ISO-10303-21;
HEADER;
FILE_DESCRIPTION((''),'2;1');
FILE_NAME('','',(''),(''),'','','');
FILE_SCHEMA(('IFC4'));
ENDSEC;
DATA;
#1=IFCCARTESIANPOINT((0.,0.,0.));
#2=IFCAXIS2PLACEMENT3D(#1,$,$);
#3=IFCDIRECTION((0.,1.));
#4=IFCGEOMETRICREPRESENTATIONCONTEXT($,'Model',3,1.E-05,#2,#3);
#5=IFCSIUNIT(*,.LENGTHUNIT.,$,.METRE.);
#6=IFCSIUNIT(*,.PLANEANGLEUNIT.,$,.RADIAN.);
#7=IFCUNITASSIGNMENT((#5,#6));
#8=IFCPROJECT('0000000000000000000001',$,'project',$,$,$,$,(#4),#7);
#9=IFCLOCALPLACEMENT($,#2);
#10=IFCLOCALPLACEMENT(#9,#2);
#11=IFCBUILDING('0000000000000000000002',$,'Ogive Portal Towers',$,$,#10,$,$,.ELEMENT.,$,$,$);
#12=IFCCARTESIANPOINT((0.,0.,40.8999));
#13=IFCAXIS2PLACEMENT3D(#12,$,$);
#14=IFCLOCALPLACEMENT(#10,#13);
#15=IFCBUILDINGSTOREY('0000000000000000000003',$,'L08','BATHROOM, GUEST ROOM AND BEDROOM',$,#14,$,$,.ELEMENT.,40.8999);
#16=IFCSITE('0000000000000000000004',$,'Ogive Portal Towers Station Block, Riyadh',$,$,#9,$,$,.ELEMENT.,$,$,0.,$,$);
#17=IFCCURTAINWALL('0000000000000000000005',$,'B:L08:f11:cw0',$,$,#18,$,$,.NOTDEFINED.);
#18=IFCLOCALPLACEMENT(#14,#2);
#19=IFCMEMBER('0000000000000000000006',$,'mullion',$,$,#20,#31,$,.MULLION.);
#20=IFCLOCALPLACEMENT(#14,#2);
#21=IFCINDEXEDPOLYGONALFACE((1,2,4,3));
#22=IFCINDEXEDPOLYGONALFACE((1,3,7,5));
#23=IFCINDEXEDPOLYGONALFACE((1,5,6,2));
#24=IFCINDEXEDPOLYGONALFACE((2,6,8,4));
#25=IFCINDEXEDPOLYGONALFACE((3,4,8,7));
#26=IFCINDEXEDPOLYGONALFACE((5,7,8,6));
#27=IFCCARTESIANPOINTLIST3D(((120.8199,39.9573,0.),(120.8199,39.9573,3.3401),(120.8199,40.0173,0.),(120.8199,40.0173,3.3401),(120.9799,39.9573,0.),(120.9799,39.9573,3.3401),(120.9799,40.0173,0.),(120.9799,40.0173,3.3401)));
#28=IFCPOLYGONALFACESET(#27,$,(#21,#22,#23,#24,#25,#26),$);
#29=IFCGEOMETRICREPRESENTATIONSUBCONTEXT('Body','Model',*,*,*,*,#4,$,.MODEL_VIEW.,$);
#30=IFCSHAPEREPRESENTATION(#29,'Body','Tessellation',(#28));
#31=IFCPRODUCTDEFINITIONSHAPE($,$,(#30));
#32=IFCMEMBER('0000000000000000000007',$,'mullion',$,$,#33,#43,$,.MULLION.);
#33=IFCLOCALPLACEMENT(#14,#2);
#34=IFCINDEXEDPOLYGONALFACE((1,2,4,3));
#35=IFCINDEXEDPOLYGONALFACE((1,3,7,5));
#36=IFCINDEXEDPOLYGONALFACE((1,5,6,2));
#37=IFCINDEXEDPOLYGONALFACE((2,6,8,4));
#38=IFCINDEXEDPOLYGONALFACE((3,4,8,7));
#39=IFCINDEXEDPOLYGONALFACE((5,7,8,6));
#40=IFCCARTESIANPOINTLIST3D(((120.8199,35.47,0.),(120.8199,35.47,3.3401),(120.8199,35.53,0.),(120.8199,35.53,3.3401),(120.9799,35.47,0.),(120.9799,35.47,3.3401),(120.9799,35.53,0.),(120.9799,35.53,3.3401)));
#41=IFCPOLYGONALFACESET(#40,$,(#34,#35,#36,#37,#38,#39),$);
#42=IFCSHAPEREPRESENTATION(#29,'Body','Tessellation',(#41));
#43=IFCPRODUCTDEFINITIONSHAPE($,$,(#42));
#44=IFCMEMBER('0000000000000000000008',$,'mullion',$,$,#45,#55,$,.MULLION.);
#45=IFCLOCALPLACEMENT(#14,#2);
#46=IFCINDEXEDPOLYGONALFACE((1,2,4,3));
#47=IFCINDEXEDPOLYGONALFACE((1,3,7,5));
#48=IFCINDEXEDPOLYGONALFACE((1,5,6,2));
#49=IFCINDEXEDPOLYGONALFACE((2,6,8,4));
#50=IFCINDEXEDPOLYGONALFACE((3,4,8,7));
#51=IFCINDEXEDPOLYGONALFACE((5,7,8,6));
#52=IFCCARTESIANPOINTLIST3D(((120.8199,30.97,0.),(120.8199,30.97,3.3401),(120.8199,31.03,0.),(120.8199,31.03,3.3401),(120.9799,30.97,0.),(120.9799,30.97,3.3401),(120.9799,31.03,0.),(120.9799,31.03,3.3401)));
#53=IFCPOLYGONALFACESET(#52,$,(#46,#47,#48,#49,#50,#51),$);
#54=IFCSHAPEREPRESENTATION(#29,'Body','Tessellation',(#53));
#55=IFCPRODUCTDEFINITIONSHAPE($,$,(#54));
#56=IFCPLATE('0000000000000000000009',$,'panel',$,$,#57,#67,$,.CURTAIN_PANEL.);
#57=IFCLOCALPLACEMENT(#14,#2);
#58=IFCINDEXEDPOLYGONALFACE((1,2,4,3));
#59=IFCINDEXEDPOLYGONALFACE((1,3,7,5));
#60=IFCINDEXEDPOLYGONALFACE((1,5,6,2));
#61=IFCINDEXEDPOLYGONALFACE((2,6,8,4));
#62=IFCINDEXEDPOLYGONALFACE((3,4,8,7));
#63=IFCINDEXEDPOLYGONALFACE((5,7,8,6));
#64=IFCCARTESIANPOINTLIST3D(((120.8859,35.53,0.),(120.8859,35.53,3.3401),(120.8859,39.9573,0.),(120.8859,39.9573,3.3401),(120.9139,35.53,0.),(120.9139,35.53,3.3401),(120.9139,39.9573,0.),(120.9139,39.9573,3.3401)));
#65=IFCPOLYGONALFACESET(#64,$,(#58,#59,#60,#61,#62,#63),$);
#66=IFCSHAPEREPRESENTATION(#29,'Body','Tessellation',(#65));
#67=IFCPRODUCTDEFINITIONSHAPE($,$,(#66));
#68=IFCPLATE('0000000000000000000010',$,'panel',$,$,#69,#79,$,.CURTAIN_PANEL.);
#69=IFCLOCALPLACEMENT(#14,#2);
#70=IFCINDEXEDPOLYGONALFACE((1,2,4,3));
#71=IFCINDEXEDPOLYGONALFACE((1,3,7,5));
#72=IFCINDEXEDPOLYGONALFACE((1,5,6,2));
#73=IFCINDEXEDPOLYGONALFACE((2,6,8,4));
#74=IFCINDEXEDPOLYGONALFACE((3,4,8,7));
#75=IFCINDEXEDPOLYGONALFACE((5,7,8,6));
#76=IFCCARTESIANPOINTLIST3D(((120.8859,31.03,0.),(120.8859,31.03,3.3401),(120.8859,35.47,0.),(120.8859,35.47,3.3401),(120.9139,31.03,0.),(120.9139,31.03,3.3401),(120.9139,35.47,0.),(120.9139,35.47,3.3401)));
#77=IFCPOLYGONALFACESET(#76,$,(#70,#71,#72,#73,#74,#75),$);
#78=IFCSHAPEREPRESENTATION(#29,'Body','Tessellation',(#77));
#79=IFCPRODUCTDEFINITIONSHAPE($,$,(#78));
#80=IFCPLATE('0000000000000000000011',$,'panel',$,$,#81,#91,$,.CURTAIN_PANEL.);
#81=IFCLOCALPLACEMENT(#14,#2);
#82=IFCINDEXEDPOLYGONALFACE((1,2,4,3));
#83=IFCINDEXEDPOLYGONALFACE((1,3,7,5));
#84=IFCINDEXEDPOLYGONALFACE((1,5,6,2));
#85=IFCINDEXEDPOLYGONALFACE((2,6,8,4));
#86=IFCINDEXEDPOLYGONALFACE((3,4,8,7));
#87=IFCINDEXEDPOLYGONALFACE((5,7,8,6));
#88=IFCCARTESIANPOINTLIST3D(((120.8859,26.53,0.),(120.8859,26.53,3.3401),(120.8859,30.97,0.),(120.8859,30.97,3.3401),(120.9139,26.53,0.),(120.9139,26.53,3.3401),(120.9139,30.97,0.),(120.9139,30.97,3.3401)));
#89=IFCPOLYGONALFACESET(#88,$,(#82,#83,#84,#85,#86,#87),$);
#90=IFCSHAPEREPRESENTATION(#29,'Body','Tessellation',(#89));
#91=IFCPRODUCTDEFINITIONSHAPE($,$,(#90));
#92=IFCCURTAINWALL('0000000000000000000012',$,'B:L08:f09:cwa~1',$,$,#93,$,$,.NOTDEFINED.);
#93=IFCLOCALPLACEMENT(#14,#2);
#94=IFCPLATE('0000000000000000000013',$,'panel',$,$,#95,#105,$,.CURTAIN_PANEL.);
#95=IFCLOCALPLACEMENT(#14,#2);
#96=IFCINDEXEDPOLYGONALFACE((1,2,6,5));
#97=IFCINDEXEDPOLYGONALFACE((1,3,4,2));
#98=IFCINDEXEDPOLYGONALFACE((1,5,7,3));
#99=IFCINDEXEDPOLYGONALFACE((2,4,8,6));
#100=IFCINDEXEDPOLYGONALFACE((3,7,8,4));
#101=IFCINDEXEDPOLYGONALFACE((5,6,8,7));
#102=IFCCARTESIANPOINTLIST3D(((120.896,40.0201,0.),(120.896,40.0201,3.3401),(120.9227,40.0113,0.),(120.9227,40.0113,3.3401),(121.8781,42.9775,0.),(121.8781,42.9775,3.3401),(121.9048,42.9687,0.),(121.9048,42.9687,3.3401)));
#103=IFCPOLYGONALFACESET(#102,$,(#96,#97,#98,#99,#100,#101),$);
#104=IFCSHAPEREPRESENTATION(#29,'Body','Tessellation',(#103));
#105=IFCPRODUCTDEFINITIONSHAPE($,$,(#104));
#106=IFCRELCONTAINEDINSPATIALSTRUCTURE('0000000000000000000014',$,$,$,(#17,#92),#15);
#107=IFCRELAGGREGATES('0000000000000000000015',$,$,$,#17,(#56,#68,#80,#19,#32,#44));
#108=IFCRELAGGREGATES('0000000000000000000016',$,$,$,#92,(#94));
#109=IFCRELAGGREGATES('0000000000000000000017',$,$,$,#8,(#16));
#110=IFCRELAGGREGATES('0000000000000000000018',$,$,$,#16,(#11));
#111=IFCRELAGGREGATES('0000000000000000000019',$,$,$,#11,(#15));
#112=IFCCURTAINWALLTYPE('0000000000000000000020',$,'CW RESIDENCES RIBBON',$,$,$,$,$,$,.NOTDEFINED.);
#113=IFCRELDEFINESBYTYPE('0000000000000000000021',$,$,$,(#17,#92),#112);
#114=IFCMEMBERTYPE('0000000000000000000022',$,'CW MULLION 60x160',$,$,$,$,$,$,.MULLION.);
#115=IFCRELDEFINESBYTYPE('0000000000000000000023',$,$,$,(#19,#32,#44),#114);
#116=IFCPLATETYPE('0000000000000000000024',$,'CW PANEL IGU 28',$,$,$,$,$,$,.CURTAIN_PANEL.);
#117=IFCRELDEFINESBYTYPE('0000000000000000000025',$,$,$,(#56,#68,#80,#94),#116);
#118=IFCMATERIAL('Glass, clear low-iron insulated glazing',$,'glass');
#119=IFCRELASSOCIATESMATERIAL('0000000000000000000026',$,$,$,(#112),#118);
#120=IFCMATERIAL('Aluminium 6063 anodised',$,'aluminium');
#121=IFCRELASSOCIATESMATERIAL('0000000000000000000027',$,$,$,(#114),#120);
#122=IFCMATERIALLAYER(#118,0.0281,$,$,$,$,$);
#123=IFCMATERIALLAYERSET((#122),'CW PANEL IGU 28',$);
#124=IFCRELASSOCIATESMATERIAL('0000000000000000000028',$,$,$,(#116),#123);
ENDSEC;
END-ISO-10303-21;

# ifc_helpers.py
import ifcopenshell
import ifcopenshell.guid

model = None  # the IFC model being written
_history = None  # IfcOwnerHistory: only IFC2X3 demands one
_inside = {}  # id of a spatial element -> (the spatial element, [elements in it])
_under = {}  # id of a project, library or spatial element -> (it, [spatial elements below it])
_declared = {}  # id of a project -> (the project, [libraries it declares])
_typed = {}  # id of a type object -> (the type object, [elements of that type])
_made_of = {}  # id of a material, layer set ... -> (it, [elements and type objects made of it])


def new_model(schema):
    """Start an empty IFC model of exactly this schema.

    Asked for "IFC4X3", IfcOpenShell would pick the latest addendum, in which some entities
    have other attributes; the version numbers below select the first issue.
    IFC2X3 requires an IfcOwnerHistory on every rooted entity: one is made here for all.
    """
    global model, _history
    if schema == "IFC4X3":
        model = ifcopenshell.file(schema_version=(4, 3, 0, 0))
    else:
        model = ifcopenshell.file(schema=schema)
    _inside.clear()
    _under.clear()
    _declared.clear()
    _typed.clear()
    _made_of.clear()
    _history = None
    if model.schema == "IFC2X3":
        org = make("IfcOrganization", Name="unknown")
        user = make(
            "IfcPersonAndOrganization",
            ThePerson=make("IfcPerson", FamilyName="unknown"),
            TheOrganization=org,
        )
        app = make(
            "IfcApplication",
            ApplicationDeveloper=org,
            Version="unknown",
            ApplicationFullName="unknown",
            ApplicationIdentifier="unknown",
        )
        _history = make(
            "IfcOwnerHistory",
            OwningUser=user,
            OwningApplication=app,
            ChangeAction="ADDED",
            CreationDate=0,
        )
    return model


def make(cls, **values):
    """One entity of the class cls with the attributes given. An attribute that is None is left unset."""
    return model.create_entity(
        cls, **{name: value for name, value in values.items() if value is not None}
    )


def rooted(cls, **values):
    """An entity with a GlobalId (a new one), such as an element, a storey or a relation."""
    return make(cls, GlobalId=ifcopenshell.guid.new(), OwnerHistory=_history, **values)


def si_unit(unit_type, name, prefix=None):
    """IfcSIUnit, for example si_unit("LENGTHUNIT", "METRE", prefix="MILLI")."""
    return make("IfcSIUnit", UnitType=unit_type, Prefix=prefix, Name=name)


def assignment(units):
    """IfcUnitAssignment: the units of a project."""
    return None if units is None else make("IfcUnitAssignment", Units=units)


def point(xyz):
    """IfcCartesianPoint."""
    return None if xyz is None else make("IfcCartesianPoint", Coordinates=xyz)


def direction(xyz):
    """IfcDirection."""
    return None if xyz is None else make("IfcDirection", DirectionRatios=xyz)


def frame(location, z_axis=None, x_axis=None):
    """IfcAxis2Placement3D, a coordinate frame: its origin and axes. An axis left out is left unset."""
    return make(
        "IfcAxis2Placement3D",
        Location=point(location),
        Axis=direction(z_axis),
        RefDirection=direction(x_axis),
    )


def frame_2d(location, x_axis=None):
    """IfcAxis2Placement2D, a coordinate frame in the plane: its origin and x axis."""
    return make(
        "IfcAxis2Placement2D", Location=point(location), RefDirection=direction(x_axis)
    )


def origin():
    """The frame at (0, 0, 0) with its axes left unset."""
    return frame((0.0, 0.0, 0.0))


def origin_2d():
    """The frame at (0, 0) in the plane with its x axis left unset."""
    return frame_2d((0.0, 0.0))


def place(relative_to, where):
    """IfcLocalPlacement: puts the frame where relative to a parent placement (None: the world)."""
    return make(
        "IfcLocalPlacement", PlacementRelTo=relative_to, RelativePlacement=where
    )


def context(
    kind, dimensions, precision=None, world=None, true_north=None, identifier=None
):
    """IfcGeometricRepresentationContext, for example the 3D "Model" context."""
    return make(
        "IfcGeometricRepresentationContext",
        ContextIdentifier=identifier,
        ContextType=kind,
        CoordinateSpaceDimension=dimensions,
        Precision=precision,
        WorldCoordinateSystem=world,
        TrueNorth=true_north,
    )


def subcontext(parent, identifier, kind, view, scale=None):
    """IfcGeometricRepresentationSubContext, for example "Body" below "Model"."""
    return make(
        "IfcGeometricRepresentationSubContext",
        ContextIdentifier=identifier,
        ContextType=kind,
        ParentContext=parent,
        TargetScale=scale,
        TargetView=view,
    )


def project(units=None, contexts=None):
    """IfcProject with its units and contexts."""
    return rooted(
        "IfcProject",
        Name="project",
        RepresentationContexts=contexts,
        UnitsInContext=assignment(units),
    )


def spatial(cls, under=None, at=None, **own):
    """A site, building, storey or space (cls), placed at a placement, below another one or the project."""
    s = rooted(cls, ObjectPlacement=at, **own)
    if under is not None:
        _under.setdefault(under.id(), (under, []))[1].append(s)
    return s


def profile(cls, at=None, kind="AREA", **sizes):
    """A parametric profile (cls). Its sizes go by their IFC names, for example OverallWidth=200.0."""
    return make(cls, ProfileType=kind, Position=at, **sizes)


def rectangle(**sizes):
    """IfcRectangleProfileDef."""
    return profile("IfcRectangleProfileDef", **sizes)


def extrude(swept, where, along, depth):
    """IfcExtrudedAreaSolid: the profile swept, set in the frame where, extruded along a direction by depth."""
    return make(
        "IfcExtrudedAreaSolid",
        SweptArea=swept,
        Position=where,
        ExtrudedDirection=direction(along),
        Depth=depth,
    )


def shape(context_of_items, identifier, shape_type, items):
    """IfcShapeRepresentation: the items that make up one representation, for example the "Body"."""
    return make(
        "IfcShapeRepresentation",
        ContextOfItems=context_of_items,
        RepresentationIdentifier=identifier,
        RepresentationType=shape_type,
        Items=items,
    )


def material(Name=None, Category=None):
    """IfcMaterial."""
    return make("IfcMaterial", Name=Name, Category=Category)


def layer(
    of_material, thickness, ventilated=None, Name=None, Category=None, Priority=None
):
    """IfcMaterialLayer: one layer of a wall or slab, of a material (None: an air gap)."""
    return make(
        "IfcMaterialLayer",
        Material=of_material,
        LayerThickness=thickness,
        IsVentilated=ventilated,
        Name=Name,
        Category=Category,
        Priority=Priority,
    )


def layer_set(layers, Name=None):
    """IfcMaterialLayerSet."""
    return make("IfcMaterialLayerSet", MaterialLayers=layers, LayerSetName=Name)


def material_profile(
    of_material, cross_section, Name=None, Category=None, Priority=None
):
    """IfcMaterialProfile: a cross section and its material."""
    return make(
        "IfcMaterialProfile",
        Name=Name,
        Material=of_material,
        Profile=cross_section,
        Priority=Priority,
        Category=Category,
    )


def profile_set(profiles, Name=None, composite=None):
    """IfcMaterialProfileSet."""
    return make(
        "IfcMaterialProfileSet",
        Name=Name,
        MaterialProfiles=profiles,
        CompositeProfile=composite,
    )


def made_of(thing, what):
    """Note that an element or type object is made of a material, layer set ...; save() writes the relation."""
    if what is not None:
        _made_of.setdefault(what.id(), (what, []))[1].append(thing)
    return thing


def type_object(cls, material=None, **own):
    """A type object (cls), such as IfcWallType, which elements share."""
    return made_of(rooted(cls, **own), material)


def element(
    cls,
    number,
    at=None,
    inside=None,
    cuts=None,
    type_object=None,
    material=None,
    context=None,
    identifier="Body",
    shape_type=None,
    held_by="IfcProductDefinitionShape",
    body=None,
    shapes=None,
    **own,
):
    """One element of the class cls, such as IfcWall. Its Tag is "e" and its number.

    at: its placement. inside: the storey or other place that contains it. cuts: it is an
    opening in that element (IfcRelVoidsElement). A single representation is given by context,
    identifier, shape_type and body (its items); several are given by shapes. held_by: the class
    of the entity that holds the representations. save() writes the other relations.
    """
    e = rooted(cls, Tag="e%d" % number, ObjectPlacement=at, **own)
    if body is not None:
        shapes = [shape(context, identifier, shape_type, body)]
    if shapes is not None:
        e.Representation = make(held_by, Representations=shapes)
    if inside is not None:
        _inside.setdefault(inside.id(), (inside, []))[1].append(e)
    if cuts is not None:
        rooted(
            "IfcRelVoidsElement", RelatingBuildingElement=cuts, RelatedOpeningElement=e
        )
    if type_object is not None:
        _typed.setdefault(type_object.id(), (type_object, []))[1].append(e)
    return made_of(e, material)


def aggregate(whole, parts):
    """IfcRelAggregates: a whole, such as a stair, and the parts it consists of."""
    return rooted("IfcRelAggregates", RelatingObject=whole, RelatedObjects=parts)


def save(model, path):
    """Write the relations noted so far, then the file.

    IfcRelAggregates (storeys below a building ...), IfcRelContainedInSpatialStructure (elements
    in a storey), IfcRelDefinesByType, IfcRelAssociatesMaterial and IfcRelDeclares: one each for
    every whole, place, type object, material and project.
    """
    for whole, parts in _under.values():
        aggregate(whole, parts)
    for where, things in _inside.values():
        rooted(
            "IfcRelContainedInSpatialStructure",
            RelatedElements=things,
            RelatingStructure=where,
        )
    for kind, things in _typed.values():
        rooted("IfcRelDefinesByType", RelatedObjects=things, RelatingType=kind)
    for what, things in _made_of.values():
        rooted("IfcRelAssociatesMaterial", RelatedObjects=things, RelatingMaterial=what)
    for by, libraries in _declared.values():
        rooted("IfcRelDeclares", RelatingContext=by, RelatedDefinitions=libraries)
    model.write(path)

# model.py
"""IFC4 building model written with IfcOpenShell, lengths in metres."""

from ifc_helpers import new_model, si_unit, direction, frame, origin, origin_2d, place, context, subcontext, project, spatial, rectangle, extrude, material, layer, layer_set, material_profile, profile_set, type_object, element, aggregate, save


model = new_model("IFC4")

# Units and contexts
model_context = context("Model", 3, precision=1e-05, world=origin(), true_north=direction((0.0, 1.0)))
body_context = subcontext(model_context, "Body", "Model", "MODEL_VIEW")
ifc_project = project(units=[si_unit("LENGTHUNIT", "METRE"), si_unit("PLANEANGLEUNIT", "RADIAN")], contexts=[model_context])

# Site, building, storey
site_placement = place(None, origin())
site = spatial("IfcSite", under=ifc_project, at=site_placement, Name="Ogive Portal Towers Station Block, Riyadh", CompositionType="ELEMENT", RefElevation=0.0)
building_placement = place(site_placement, origin())
building = spatial("IfcBuilding", under=site, at=building_placement, Name="Ogive Portal Towers", CompositionType="ELEMENT")
storey_placement = place(building_placement, frame((0.0, 0.0, 40.8999)))
storey = spatial("IfcBuildingStorey", under=building, at=storey_placement, Name="L08", Description="BATHROOM, GUEST ROOM AND BEDROOM", CompositionType="ELEMENT", Elevation=40.8999)

# Curtain wall, members, plates
ifc_material_1 = material(Name="Glass, clear low-iron insulated glazing", Category="glass")
curtain_wall_type = type_object("IfcCurtainWallType", Name="CW RESIDENCES RIBBON", PredefinedType="NOTDEFINED", material=ifc_material_1)
curtain_wall_1_placement = place(storey_placement, origin())
curtain_wall_1 = element("IfcCurtainWall", 1, at=curtain_wall_1_placement, inside=storey, type_object=curtain_wall_type, Name="B:L08:f11:cw0", PredefinedType="NOTDEFINED")
ifc_material_2 = material(Name="Aluminium 6063 anodised", Category="aluminium")
ifc_material_profile = material_profile(ifc_material_2, rectangle(XDim=0.1599, YDim=0.0601, at=origin_2d()), Name="AL 60x160")
ifc_profile_set = profile_set([ifc_material_profile], Name="Aluminium 6063 anodised")
member_type = type_object("IfcMemberType", Name="CW MULLION 60x160", PredefinedType="MULLION", material=ifc_profile_set)
member_1_placement = place(storey_placement, frame((120.8999, 39.9873, 0.0), z_axis=(0.0, 0.0, 1.0), x_axis=(1.0, 0.0, 0.0)))
member_1 = element("IfcMember", 2, at=member_1_placement, type_object=member_type, Name="mullion", PredefinedType="MULLION", context=body_context, shape_type="SweptSolid", body=[
    extrude(rectangle(XDim=0.1599, YDim=0.0601, at=origin_2d()), origin(), (0.0, 0.0, 1.0), 3.3401),
])
member_2_placement = place(storey_placement, frame((120.8999, 35.5, 0.0), z_axis=(0.0, 0.0, 1.0), x_axis=(1.0, 0.0, 0.0)))
member_2 = element("IfcMember", 3, at=member_2_placement, type_object=member_type, Name="mullion", PredefinedType="MULLION", context=body_context, shape_type="SweptSolid", body=[
    extrude(rectangle(XDim=0.1599, YDim=0.0601, at=origin_2d()), origin(), (0.0, 0.0, 1.0), 3.3401),
])
member_3_placement = place(storey_placement, frame((120.8999, 31.0, 0.0), z_axis=(0.0, 0.0, 1.0), x_axis=(1.0, 0.0, 0.0)))
member_3 = element("IfcMember", 4, at=member_3_placement, type_object=member_type, Name="mullion", PredefinedType="MULLION", context=body_context, shape_type="SweptSolid", body=[
    extrude(rectangle(XDim=0.1599, YDim=0.0601, at=origin_2d()), origin(), (0.0, 0.0, 1.0), 3.3401),
])
ifc_layer_1 = layer(ifc_material_1, 0.0281)
ifc_layer_set_1 = layer_set([ifc_layer_1], Name="CW PANEL IGU 28")
plate_type = type_object("IfcPlateType", Name="CW PANEL IGU 28", PredefinedType="CURTAIN_PANEL", material=ifc_layer_set_1)
plate_1_placement = place(storey_placement, frame((120.8999, 37.7437, 0.0), z_axis=(0.0, 0.0, 1.0), x_axis=(0.0, -1.0, 0.0)))
plate_1 = element("IfcPlate", 5, at=plate_1_placement, type_object=plate_type, Name="panel", PredefinedType="CURTAIN_PANEL", context=body_context, shape_type="SweptSolid", body=[
    extrude(rectangle(XDim=4.4272, YDim=0.0281, at=origin_2d()), origin(), (0.0, 0.0, 1.0), 3.3401),
])
plate_2_placement = place(storey_placement, frame((120.8999, 33.25, 0.0), z_axis=(0.0, 0.0, 1.0), x_axis=(0.0, -1.0, 0.0)))
plate_2 = element("IfcPlate", 6, at=plate_2_placement, type_object=plate_type, Name="panel", PredefinedType="CURTAIN_PANEL", context=body_context, shape_type="SweptSolid", body=[
    extrude(rectangle(XDim=4.4399, YDim=0.0281, at=origin_2d()), origin(), (0.0, 0.0, 1.0), 3.3401),
])
plate_3_placement = place(storey_placement, frame((120.8999, 28.75, 0.0), z_axis=(0.0, 0.0, 1.0), x_axis=(0.0, -1.0, 0.0)))
plate_3 = element("IfcPlate", 7, at=plate_3_placement, type_object=plate_type, Name="panel", PredefinedType="CURTAIN_PANEL", context=body_context, shape_type="SweptSolid", body=[
    extrude(rectangle(XDim=4.4399, YDim=0.0281, at=origin_2d()), origin(), (0.0, 0.0, 1.0), 3.3401),
])
aggregate(curtain_wall_1, [plate_1, plate_2, plate_3, member_1, member_2, member_3])

# Curtain wall, plate
curtain_wall_2_placement = place(storey_placement, origin())
curtain_wall_2 = element("IfcCurtainWall", 8, at=curtain_wall_2_placement, inside=storey, type_object=curtain_wall_type, Name="B:L08:f09:cwa~1", PredefinedType="NOTDEFINED")
plate_4_placement = place(storey_placement, frame((121.4004, 41.4944, 0.0), z_axis=(0.0, 0.0, 1.0), x_axis=(-0.315156, -0.94904, 0.0)))
plate_4 = element("IfcPlate", 9, at=plate_4_placement, type_object=plate_type, Name="panel", PredefinedType="CURTAIN_PANEL", context=body_context, shape_type="SweptSolid", body=[
    extrude(rectangle(XDim=3.1162, YDim=0.0281, at=origin_2d()), origin(), (0.0, 0.0, 1.0), 3.3401),
])
aggregate(curtain_wall_2, [plate_4])

save(model, "model.ifc")
